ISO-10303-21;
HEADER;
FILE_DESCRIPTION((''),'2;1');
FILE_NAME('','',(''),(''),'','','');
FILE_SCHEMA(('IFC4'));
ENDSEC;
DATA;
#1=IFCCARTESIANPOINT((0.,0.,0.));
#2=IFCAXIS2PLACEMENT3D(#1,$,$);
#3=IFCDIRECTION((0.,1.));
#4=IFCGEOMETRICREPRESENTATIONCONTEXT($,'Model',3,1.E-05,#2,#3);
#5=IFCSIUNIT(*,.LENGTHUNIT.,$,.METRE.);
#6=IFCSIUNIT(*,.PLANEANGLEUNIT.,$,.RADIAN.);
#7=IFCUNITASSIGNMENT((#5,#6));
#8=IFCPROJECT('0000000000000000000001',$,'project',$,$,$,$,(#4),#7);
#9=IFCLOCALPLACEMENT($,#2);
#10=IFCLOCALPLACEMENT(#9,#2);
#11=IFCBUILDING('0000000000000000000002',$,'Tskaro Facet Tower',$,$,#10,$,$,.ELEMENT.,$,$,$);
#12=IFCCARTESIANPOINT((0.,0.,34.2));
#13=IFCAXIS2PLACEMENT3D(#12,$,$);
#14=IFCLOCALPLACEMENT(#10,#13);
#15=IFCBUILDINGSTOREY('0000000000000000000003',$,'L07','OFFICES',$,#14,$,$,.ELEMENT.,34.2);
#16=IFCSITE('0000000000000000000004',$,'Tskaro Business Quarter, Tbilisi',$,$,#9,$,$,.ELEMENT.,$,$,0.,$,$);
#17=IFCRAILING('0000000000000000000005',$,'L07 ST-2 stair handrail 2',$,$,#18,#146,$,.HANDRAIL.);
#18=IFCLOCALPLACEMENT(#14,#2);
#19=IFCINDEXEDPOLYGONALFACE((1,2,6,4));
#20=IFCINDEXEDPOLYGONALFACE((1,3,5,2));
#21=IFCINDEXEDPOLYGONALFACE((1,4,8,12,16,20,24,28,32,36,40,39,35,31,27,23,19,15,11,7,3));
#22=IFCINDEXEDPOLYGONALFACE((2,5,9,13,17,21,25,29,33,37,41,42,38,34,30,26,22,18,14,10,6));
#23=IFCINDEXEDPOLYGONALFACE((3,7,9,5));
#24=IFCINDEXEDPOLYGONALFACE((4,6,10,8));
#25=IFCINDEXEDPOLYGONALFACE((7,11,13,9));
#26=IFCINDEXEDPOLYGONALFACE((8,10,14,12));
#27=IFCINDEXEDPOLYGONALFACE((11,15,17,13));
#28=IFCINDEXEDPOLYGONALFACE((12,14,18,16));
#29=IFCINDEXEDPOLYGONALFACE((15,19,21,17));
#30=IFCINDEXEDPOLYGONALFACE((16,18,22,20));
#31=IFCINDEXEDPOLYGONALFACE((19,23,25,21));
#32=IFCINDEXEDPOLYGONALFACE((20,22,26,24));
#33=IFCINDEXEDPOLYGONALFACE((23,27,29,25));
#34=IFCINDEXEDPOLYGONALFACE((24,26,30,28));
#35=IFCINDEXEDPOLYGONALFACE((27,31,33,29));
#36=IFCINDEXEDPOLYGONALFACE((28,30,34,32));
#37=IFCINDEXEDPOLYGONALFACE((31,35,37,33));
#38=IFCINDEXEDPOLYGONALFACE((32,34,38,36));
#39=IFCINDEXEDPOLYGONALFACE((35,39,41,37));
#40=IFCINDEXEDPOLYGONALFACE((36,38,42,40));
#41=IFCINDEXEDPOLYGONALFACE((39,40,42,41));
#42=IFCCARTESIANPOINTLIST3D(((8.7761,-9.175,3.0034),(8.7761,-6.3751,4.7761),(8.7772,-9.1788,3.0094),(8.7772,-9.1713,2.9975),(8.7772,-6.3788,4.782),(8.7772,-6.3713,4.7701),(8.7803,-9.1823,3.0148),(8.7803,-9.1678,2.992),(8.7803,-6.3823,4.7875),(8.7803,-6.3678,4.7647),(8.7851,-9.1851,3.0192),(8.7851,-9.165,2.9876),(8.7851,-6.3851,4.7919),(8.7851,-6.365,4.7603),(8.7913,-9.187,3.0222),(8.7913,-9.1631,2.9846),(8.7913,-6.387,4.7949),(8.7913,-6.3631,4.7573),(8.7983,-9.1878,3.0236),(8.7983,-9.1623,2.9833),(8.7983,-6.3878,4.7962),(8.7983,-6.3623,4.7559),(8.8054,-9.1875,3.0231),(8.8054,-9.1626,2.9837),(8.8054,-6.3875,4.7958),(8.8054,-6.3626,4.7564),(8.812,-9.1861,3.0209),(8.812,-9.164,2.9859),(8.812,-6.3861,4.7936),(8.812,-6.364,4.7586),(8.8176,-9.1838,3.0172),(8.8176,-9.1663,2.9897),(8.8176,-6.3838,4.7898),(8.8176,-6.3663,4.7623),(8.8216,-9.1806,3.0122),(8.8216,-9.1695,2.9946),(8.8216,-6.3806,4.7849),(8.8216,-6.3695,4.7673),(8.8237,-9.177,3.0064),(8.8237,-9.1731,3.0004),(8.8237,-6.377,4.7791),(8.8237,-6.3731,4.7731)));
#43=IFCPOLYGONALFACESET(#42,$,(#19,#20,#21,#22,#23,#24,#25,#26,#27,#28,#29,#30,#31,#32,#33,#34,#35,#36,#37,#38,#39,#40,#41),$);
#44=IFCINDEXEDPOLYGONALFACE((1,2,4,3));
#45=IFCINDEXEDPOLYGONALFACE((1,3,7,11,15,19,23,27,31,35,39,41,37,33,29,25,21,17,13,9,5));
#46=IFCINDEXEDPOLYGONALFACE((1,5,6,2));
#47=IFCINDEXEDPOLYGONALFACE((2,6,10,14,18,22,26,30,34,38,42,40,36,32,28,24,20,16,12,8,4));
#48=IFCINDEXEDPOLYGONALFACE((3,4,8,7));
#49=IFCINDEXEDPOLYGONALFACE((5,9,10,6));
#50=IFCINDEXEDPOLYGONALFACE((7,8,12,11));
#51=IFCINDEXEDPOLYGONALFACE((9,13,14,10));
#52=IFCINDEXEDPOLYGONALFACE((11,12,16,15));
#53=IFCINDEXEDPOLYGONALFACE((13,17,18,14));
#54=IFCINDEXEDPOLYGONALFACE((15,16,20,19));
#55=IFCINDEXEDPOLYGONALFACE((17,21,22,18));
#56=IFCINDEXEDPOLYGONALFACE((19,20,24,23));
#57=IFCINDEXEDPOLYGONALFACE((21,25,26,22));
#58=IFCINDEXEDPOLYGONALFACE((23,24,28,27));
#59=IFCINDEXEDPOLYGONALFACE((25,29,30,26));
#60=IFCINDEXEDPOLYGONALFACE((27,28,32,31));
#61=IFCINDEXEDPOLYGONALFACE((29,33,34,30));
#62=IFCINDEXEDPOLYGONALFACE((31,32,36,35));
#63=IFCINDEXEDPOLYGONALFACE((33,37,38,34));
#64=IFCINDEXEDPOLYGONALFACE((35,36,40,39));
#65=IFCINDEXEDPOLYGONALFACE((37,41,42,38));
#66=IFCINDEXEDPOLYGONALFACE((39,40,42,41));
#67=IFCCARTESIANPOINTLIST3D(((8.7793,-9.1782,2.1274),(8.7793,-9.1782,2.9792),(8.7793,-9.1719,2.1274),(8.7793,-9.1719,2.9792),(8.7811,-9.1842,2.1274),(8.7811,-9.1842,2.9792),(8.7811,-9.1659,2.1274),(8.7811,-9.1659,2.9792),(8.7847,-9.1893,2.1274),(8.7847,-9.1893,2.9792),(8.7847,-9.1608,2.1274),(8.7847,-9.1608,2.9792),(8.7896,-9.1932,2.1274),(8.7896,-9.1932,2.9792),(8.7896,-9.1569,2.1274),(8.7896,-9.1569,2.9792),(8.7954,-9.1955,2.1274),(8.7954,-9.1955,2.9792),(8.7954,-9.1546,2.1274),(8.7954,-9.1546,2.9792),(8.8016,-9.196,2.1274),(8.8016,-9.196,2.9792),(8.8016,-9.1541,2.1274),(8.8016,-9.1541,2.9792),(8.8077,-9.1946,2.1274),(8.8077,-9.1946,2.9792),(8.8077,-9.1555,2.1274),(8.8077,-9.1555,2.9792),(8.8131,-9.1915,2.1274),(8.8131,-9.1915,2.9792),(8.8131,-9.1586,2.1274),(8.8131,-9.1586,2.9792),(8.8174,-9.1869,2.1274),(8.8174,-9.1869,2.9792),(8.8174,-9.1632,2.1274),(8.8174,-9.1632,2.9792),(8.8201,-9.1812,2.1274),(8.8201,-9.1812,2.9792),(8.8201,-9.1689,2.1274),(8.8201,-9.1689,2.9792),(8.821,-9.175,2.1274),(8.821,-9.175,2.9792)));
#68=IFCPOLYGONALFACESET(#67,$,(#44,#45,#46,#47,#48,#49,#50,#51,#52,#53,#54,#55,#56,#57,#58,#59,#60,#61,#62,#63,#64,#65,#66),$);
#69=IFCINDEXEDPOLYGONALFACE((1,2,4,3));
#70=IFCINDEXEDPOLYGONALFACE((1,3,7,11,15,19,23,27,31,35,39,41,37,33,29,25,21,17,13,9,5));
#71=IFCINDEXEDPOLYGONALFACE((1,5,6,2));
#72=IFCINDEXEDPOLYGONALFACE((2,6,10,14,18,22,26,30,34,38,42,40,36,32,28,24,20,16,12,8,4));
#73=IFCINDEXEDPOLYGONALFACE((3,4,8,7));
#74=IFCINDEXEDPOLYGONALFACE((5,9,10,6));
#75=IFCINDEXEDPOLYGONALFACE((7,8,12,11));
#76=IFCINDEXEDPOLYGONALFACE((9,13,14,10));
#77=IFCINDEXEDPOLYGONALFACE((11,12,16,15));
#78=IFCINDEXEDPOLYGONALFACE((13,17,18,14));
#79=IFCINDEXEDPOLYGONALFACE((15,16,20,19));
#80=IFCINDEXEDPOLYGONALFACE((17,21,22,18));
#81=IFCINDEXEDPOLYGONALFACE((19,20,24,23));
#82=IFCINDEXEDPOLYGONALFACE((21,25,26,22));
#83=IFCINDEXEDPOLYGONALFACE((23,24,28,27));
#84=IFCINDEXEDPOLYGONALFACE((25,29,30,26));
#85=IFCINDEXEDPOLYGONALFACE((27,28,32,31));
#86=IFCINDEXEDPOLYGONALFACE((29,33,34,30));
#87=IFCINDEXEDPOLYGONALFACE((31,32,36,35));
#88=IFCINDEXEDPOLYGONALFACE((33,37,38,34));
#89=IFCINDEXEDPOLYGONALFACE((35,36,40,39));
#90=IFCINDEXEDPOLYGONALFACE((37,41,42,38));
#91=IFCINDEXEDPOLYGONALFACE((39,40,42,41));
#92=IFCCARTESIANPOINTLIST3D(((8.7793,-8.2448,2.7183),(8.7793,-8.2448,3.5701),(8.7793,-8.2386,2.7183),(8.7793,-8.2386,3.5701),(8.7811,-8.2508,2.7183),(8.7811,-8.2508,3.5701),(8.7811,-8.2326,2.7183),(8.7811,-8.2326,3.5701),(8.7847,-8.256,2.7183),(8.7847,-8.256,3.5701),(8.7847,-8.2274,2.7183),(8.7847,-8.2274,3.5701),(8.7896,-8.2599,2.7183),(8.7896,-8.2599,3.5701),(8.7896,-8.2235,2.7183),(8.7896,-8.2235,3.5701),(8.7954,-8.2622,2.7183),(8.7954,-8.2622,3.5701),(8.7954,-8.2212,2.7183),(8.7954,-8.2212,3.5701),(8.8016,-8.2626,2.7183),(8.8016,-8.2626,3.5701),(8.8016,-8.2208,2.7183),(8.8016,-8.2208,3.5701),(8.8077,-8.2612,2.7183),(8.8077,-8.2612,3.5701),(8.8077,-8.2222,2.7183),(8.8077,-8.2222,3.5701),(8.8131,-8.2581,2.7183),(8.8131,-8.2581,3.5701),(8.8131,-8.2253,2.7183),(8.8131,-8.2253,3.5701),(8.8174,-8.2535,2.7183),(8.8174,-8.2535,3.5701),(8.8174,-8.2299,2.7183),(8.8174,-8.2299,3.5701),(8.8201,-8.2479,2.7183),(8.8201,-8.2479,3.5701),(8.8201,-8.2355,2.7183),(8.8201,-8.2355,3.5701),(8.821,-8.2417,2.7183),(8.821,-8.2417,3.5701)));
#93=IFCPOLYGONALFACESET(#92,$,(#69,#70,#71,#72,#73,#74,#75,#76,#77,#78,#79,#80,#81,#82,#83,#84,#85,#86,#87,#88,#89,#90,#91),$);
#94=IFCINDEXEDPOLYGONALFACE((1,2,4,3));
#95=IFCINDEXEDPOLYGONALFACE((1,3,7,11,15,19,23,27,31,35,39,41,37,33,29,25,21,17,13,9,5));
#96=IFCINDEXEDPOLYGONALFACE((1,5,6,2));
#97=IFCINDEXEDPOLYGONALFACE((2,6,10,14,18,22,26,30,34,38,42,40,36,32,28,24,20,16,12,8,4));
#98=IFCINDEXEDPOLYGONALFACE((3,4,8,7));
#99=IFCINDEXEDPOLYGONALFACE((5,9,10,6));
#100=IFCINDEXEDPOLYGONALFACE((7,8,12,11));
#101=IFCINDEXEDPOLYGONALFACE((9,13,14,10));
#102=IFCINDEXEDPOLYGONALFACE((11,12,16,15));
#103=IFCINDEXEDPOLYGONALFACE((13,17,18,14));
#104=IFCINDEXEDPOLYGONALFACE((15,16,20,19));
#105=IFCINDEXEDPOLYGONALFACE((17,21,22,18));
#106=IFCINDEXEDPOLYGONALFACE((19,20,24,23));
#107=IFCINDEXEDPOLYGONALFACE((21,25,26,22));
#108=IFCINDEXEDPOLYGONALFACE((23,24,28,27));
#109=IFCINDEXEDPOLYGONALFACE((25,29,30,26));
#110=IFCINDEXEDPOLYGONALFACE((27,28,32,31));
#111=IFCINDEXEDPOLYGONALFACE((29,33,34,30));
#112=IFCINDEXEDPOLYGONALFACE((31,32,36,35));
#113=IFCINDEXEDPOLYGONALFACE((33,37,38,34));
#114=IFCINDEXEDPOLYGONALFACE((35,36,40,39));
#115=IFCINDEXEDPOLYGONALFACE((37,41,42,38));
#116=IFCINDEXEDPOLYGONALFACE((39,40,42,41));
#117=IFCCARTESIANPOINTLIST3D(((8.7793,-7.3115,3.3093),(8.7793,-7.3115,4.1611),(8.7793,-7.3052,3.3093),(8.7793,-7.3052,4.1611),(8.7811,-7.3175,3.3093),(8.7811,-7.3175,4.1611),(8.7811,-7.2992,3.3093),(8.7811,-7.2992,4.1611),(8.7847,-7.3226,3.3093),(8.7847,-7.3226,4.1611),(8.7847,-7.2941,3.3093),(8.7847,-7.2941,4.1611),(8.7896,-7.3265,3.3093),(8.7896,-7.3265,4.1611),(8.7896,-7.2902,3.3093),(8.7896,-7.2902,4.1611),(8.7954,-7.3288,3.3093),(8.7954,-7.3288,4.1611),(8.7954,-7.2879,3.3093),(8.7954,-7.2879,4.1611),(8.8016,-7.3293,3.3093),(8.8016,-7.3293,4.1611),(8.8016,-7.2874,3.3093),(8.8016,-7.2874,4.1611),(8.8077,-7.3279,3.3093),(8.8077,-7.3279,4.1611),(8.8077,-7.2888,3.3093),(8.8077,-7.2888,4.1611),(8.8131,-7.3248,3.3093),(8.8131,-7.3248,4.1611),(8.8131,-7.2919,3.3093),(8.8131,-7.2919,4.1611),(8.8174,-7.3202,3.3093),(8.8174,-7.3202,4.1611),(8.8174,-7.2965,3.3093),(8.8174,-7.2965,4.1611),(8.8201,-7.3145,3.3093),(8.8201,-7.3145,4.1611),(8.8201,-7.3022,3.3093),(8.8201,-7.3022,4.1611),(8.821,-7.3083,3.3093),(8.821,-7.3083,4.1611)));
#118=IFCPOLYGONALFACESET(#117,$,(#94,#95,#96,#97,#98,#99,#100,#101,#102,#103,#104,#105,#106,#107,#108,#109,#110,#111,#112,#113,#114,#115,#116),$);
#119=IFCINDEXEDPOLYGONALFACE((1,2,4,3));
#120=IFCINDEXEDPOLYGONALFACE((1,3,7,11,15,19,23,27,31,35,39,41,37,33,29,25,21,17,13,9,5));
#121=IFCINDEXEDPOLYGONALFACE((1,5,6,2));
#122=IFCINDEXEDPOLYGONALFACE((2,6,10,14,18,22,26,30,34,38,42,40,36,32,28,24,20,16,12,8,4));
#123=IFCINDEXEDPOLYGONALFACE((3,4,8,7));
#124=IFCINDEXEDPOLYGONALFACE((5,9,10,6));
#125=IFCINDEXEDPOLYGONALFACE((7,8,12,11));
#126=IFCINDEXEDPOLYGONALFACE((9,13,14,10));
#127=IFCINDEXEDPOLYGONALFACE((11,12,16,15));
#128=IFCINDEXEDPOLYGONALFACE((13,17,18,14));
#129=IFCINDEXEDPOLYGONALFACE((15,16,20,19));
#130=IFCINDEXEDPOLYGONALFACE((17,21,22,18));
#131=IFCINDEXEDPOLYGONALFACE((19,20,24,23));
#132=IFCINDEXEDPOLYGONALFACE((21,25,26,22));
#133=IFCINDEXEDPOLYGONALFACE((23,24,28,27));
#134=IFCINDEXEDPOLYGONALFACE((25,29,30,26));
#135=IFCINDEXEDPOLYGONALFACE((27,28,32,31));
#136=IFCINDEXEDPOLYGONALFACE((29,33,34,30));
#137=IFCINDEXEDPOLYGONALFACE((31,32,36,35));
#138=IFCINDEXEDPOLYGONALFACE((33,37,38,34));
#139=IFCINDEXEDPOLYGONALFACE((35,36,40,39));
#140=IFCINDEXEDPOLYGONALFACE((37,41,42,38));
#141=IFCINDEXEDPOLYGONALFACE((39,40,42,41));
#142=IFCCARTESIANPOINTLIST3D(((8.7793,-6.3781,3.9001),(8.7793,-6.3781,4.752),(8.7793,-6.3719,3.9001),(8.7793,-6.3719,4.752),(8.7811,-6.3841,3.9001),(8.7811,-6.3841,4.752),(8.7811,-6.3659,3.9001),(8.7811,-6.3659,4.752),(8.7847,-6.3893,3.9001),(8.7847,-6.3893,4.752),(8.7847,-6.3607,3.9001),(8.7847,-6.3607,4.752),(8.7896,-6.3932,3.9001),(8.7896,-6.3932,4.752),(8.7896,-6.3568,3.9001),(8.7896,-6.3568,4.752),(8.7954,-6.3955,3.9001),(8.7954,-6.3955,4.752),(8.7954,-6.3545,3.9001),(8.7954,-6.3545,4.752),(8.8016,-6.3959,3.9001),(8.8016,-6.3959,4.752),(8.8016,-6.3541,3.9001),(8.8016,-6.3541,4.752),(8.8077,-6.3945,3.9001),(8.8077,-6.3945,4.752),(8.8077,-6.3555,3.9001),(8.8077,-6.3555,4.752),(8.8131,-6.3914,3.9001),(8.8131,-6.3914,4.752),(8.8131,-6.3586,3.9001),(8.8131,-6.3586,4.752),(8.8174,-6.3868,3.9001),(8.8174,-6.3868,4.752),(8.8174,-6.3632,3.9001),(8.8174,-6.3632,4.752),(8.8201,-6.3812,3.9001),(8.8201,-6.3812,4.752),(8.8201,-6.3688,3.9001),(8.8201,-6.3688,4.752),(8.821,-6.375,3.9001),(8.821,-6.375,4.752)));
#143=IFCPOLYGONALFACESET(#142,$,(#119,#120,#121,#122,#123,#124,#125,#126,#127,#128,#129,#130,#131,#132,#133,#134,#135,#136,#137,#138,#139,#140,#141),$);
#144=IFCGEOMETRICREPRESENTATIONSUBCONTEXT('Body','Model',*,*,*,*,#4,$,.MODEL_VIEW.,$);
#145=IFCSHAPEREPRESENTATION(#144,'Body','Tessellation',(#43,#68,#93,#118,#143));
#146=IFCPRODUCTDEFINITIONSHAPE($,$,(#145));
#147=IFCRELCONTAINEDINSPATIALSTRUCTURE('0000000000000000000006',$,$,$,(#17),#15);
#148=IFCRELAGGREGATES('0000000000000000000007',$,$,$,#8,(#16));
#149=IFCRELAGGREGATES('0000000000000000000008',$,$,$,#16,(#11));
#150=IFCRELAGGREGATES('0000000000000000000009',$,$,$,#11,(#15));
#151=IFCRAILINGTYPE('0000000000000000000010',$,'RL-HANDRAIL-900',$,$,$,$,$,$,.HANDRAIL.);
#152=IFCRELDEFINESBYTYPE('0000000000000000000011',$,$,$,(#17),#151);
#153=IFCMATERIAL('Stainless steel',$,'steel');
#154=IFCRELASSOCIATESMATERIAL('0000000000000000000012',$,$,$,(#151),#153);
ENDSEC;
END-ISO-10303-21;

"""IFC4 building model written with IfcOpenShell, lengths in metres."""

from ifc_helpers import new_model, si_unit, direction, frame, origin, origin_2d, place, context, subcontext, project, spatial, circle, extrude, material, type_object, element, save


model = new_model("IFC4")

# Units and contexts
model_context = context("Model", 3, precision=1e-05, world=origin(), true_north=direction((0.0, 1.0)))
body_context = subcontext(model_context, "Body", "Model", "MODEL_VIEW")
ifc_project = project(units=[si_unit("LENGTHUNIT", "METRE"), si_unit("PLANEANGLEUNIT", "RADIAN")], contexts=[model_context])

# Site, building, storey
site_placement = place(None, origin())
site = spatial("IfcSite", under=ifc_project, at=site_placement, Name="Tskaro Business Quarter, Tbilisi", CompositionType="ELEMENT", RefElevation=0.0)
building_placement = place(site_placement, origin())
building = spatial("IfcBuilding", under=site, at=building_placement, Name="Tskaro Facet Tower", CompositionType="ELEMENT")
storey_placement = place(building_placement, frame((0.0, 0.0, 34.2)))
storey = spatial("IfcBuildingStorey", under=building, at=storey_placement, Name="L07", Description="OFFICES", CompositionType="ELEMENT", Elevation=34.2)

# Railing
ifc_material_1 = material(Name="Stainless steel", Category="steel")
railing_type_1 = type_object("IfcRailingType", Name="RL-HANDRAIL-900", PredefinedType="HANDRAIL", material=ifc_material_1)
railing_1_placement = place(storey_placement, frame((8.8, -9.175, 2.1274)))
element("IfcRailing", 1, at=railing_1_placement, inside=storey, type_object=railing_type_1, Name="L07 ST-2 stair handrail 2", PredefinedType="HANDRAIL", context=body_context, shape_type="SweptSolid", body=[
    extrude(circle(Radius=0.0239, at=origin_2d()), frame((0.0, 0.0, 0.876), z_axis=(0.0, 0.844909, 0.53491), x_axis=(-1.0, 0.0, 0.0)), (0.0, 0.0, 1.0), 3.314),
    extrude(circle(Radius=0.021, at=origin_2d()), origin(), (0.0, 0.0, 1.0), 0.8518),
    extrude(circle(Radius=0.021, at=origin_2d()), frame((0.0, 0.9333, 0.5908)), (0.0, 0.0, 1.0), 0.8518),
    extrude(circle(Radius=0.021, at=origin_2d()), frame((0.0, 1.8667, 1.1819)), (0.0, 0.0, 1.0), 0.8518),
    extrude(circle(Radius=0.021, at=origin_2d()), frame((0.0, 2.8, 1.7727)), (0.0, 0.0, 1.0), 0.8518),
])

save(model, "model.ifc")
